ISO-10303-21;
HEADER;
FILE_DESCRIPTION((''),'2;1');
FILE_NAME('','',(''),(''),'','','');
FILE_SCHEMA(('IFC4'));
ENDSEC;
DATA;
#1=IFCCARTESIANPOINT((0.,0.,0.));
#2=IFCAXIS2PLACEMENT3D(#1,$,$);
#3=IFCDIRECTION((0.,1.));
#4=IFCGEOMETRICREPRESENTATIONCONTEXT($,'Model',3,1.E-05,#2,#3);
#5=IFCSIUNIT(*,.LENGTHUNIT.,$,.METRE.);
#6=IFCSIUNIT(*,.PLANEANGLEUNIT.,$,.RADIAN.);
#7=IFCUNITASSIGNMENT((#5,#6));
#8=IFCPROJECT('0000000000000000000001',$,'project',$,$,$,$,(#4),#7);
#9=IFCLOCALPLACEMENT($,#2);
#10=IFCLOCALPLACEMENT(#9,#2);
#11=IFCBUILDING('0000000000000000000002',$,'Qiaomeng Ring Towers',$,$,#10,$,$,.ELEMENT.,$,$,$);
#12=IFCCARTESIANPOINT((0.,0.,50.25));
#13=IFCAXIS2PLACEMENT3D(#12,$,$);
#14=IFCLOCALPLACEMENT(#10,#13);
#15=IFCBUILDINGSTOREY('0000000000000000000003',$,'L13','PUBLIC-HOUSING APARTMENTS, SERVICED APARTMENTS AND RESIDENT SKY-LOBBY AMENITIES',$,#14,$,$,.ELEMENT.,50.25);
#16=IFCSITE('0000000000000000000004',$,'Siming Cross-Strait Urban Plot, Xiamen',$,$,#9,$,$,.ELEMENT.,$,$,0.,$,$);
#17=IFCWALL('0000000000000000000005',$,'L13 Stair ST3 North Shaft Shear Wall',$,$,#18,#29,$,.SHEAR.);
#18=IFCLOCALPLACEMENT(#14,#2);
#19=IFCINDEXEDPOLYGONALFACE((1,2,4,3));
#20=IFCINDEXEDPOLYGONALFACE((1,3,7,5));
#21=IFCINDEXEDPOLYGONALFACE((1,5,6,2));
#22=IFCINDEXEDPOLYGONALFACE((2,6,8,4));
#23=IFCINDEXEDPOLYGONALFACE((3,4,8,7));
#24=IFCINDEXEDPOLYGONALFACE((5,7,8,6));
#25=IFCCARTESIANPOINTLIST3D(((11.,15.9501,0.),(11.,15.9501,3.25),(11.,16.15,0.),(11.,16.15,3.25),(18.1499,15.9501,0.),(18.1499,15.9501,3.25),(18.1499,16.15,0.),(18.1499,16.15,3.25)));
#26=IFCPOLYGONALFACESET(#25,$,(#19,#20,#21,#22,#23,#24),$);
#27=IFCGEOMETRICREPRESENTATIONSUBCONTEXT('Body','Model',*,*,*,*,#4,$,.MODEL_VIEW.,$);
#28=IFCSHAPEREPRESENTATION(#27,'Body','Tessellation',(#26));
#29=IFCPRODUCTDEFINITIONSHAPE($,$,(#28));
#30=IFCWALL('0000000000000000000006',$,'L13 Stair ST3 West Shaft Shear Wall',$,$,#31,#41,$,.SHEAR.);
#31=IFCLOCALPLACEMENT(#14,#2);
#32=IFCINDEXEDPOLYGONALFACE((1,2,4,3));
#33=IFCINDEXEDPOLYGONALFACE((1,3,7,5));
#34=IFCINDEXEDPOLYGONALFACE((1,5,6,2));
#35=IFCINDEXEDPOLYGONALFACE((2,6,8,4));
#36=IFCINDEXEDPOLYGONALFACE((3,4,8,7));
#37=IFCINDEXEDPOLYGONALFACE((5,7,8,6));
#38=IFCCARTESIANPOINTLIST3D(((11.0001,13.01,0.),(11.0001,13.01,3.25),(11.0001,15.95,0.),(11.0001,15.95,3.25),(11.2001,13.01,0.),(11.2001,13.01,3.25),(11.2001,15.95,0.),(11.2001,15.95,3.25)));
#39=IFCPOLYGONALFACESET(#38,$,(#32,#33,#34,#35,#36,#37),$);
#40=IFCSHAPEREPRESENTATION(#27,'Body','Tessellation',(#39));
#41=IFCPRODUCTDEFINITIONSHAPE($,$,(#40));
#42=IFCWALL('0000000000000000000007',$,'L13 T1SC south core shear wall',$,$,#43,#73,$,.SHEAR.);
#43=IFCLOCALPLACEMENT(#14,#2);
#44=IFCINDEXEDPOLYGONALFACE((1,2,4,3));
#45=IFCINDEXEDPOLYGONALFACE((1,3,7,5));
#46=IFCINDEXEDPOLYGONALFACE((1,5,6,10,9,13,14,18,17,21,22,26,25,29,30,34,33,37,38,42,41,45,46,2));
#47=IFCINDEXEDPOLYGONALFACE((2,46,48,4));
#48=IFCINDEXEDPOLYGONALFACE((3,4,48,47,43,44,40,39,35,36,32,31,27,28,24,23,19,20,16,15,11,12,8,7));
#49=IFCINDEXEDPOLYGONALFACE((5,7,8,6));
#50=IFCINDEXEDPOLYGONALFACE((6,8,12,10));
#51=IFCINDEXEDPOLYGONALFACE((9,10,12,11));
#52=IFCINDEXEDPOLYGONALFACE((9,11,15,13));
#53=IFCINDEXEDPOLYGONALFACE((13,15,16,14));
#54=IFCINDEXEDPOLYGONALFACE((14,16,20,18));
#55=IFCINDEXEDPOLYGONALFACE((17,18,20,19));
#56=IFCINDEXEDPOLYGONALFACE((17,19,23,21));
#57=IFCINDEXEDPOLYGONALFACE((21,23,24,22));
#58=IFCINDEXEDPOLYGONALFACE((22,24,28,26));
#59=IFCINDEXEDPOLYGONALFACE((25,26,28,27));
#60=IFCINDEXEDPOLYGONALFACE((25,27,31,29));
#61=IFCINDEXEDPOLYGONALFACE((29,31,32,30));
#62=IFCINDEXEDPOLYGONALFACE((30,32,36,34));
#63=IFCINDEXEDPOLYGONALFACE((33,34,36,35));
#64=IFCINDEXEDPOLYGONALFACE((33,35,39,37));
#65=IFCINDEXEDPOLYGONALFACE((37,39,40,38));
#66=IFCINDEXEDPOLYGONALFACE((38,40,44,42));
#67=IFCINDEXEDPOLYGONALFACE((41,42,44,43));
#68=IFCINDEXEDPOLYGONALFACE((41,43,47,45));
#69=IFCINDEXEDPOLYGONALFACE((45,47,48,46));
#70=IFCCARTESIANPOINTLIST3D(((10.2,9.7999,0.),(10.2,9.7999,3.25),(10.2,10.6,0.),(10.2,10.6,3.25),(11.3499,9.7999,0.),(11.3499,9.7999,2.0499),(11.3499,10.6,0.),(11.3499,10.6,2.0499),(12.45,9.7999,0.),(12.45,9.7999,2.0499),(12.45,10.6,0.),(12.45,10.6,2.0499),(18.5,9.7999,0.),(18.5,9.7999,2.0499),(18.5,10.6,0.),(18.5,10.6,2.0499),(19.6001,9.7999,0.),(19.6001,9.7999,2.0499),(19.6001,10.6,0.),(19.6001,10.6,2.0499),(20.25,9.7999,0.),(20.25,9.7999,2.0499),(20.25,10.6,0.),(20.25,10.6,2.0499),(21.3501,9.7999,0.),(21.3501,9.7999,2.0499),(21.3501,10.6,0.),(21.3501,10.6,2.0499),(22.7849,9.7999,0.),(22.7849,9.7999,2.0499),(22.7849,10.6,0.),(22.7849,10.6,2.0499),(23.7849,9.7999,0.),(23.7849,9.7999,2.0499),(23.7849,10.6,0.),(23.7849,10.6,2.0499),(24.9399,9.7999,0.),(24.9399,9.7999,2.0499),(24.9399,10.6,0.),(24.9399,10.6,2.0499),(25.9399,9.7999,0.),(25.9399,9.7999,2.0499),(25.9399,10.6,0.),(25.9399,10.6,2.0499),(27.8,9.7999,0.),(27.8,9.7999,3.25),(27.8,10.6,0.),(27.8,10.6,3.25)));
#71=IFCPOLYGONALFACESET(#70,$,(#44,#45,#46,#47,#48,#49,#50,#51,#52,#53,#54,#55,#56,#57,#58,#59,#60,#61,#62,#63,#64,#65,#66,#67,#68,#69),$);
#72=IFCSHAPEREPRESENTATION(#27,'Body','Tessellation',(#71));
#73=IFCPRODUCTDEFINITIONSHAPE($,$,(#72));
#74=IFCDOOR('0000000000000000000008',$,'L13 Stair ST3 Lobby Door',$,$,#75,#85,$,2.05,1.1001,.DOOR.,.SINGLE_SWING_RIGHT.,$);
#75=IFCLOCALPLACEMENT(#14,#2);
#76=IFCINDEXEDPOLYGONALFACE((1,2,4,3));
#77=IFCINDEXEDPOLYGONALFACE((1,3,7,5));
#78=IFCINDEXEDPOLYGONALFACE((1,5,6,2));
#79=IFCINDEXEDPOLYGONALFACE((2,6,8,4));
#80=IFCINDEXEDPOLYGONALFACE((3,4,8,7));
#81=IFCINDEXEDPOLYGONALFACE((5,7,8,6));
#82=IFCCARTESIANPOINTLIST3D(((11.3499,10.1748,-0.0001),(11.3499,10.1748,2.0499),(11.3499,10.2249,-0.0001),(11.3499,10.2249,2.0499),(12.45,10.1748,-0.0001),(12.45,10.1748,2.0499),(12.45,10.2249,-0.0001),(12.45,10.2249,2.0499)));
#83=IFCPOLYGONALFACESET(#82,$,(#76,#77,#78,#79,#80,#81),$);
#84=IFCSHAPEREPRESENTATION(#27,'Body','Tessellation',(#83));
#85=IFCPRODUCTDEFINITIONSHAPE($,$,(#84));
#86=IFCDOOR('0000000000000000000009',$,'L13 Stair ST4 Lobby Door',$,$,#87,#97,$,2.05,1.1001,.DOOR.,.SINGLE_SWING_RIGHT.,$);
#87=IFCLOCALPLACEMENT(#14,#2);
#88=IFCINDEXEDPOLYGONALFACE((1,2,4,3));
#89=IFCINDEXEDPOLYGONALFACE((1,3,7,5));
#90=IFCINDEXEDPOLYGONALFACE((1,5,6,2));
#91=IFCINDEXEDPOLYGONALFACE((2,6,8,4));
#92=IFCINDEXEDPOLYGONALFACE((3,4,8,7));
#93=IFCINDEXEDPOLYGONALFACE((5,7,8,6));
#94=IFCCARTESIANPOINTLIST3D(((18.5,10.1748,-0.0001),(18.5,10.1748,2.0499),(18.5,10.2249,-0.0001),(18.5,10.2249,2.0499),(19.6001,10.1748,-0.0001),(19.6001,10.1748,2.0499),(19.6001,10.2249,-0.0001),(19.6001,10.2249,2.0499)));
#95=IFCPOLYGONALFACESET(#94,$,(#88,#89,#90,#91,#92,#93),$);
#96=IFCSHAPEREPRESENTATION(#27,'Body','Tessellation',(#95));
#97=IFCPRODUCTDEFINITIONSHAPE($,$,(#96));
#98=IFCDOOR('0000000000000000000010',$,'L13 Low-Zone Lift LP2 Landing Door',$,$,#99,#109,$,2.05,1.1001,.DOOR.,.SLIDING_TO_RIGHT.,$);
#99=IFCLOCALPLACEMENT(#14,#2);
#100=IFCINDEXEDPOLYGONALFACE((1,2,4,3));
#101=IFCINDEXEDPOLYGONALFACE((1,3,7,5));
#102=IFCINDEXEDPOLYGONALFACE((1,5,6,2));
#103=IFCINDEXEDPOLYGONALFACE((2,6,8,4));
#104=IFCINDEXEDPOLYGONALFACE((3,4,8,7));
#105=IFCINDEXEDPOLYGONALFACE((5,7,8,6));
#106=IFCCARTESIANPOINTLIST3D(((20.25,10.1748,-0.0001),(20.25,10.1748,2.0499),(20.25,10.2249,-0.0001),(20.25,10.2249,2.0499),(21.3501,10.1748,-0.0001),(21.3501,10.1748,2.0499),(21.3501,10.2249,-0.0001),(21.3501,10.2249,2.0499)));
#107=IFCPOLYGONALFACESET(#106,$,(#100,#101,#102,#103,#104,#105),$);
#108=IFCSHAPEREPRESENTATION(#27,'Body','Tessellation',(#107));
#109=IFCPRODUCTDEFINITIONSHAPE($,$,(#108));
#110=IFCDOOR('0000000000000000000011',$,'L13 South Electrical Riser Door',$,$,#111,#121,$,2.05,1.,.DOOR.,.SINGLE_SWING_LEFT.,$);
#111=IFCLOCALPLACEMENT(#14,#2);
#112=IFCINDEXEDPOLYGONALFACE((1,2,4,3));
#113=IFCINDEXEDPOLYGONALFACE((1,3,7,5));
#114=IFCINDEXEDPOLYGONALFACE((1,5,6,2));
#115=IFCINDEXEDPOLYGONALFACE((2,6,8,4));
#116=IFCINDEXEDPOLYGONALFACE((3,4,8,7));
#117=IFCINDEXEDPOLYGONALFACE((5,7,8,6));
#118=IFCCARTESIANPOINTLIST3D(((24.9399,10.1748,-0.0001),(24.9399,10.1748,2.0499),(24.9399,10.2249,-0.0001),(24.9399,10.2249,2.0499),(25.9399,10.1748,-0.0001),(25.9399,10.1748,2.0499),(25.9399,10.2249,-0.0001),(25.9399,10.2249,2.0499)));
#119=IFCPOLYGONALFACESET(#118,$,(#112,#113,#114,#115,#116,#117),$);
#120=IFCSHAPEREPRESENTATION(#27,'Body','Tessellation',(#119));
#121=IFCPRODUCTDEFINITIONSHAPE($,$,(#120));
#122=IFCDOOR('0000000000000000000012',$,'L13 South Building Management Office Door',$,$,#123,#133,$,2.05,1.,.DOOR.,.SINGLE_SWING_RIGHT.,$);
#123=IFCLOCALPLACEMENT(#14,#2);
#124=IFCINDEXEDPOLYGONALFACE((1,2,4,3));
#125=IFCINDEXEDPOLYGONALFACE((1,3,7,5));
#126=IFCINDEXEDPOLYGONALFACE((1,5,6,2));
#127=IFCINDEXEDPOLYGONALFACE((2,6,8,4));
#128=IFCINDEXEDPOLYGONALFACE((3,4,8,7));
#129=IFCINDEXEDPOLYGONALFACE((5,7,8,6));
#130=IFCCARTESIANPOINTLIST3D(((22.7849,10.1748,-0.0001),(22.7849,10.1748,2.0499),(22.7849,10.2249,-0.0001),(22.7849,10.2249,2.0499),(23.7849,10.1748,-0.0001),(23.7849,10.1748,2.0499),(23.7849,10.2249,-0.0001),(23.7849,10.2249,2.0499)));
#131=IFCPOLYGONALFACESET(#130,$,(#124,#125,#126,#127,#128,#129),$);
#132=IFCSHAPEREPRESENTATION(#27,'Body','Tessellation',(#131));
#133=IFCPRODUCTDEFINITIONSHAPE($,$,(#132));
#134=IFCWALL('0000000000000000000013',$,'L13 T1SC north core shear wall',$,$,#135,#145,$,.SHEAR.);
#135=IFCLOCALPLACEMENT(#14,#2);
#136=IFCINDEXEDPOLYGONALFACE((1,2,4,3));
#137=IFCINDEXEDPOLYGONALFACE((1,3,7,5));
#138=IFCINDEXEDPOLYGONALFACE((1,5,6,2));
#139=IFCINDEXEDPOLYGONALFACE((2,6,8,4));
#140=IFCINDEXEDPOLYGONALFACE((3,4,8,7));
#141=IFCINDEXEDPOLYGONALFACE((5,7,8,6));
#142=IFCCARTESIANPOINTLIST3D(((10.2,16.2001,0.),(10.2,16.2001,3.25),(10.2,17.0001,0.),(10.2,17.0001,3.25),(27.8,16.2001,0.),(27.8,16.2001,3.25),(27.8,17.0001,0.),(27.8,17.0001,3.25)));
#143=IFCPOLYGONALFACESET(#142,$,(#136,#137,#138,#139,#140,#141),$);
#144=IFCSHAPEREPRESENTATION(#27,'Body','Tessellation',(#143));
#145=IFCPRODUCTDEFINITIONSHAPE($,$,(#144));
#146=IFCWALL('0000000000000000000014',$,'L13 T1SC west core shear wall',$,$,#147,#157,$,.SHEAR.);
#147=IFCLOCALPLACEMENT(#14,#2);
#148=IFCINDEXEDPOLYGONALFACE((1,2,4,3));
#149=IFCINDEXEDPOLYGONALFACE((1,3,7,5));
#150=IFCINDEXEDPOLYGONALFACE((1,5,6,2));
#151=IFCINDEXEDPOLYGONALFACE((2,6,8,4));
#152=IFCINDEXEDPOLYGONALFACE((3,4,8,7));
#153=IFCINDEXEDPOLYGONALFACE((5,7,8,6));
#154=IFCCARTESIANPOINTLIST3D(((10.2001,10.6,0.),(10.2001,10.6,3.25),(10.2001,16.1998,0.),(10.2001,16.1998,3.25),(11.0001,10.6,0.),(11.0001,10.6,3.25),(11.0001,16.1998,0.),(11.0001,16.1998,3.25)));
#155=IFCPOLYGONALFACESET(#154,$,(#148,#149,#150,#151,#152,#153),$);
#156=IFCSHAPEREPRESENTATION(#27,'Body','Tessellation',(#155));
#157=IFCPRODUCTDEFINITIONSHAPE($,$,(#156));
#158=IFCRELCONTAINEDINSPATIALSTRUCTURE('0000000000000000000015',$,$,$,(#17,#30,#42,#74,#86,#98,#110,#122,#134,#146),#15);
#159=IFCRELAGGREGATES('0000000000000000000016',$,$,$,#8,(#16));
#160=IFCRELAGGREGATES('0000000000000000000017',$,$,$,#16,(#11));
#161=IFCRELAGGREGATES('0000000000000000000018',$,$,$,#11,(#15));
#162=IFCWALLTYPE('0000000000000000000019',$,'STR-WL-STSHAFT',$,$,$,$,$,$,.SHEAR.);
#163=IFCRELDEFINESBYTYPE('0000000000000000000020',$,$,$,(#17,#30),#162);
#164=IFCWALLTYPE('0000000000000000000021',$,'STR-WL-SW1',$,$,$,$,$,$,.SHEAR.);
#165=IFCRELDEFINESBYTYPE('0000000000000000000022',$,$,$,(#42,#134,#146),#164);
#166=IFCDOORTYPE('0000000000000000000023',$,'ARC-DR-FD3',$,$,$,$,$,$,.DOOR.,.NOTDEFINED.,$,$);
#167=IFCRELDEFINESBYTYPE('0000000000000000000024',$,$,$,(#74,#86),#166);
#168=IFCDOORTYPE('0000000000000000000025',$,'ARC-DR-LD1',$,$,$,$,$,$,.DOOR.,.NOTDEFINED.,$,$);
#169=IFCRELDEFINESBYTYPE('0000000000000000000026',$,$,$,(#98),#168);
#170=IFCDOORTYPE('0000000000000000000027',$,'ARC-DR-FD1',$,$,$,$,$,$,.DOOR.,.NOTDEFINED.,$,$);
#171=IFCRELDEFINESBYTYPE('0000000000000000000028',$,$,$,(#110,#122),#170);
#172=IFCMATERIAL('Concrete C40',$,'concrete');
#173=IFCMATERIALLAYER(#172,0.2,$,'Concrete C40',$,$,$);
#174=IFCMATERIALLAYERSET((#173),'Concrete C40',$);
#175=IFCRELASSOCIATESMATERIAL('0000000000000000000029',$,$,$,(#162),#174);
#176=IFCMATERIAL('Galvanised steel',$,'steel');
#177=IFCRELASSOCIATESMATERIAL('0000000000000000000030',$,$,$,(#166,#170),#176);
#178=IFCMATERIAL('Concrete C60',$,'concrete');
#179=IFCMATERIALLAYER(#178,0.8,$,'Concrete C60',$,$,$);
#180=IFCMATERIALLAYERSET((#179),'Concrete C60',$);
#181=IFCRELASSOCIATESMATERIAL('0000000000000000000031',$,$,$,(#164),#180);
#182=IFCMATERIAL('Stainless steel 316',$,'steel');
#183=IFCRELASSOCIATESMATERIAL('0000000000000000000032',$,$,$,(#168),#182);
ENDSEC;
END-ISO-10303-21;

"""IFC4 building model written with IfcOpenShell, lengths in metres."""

from ifc_helpers import new_model, si_unit, direction, frame, frame_2d, origin, place, context, subcontext, project, spatial, rectangle, extrude, source, transform, mapped, material, layer, layer_set, type_object, element, fill, save


model = new_model("IFC4")

# Units and contexts
model_context = context("Model", 3, precision=1e-05, world=origin(), true_north=direction((0.0, 1.0)))
body_context = subcontext(model_context, "Body", "Model", "MODEL_VIEW")
ifc_project = project(units=[si_unit("LENGTHUNIT", "METRE"), si_unit("PLANEANGLEUNIT", "RADIAN")], contexts=[model_context])

# Site, building, storey
site_placement = place(None, origin())
site = spatial("IfcSite", under=ifc_project, at=site_placement, Name="Siming Cross-Strait Urban Plot, Xiamen", CompositionType="ELEMENT", RefElevation=0.0)
building_placement = place(site_placement, origin())
building = spatial("IfcBuilding", under=site, at=building_placement, Name="Qiaomeng Ring Towers", CompositionType="ELEMENT")
storey_placement = place(building_placement, frame((0.0, 0.0, 50.25)))
storey = spatial("IfcBuildingStorey", under=building, at=storey_placement, Name="L13", Description="PUBLIC-HOUSING APARTMENTS, SERVICED APARTMENTS AND RESIDENT SKY-LOBBY AMENITIES", CompositionType="ELEMENT", Elevation=50.25)

# Shared definitions
shared_shape_1 = source(origin(), body_context, "Body", "SweptSolid", [
    extrude(rectangle(XDim=1.0, YDim=2.05, at=frame_2d((0.5, 1.0249))), frame((0.0, 0.0249, 0.0), z_axis=(0.0, -1.0, 0.0), x_axis=(1.0, 0.0, 0.0)), (0.0, 0.0, 1.0), 0.05),
])

# Shared definitions
ifc_material_1 = material(Name="Concrete C40", Category="concrete")
ifc_layer_1 = layer(ifc_material_1, 0.2, Name="Concrete C40")
ifc_layer_set_1 = layer_set([ifc_layer_1], Name="Concrete C40")
wall_type_1 = type_object("IfcWallType", Name="STR-WL-STSHAFT", PredefinedType="SHEAR", material=ifc_layer_set_1)
ifc_material_2 = material(Name="Galvanised steel", Category="steel")
door_type_1 = type_object("IfcDoorType", Name="ARC-DR-FD3", OperationType="NOTDEFINED", PredefinedType="DOOR", material=ifc_material_2)
shared_shape_2 = source(origin(), body_context, "Body", "SweptSolid", [
    extrude(rectangle(XDim=1.1001, YDim=2.05, at=frame_2d((0.55, 1.0249))), frame((0.0, 0.0249, 0.0), z_axis=(0.0, -1.0, 0.0), x_axis=(1.0, 0.0, 0.0)), (0.0, 0.0, 1.0), 0.05),
])

# Walls
wall_1_placement = place(storey_placement, frame((11.0, 16.05, 0.0), z_axis=(0.0, 0.0, 1.0), x_axis=(1.0, 0.0, 0.0)))
element("IfcWall", 1, at=wall_1_placement, inside=storey, type_object=wall_type_1, Name="L13 Stair ST3 North Shaft Shear Wall", PredefinedType="SHEAR", context=body_context, shape_type="SweptSolid", body=[
    extrude(rectangle(XDim=7.1499, YDim=0.2, at=frame_2d((3.575, 0.0))), origin(), (0.0, 0.0, 1.0), 3.25),
])
wall_2_placement = place(storey_placement, frame((11.1001, 13.01, 0.0), z_axis=(0.0, 0.0, 1.0), x_axis=(0.0, 1.0, 0.0)))
element("IfcWall", 2, at=wall_2_placement, inside=storey, type_object=wall_type_1, Name="L13 Stair ST3 West Shaft Shear Wall", PredefinedType="SHEAR", context=body_context, shape_type="SweptSolid", body=[
    extrude(rectangle(XDim=2.9399, YDim=0.2, at=frame_2d((1.47, 0.0))), origin(), (0.0, 0.0, 1.0), 3.25),
])

# Wall, openings, doors
ifc_material_3 = material(Name="Concrete C60", Category="concrete")
ifc_layer_2 = layer(ifc_material_3, 0.8, Name="Concrete C60")
ifc_layer_set_2 = layer_set([ifc_layer_2], Name="Concrete C60")
wall_type_2 = type_object("IfcWallType", Name="STR-WL-SW1", PredefinedType="SHEAR", material=ifc_layer_set_2)
wall_3_placement = place(storey_placement, frame((10.2, 10.2, 0.0), z_axis=(0.0, 0.0, 1.0), x_axis=(1.0, 0.0, 0.0)))
wall_3 = element("IfcWall", 3, at=wall_3_placement, inside=storey, type_object=wall_type_2, Name="L13 T1SC south core shear wall", PredefinedType="SHEAR", context=body_context, shape_type="SweptSolid", body=[
    extrude(rectangle(XDim=17.6001, YDim=0.8, at=frame_2d((8.8, 0.0))), origin(), (0.0, 0.0, 1.0), 3.25),
])
opening_1_placement = place(wall_3_placement, frame((1.1499, 0.0, 0.0)))
opening_1 = element("IfcOpeningElement", 4, at=opening_1_placement, cuts=wall_3, PredefinedType="OPENING", context=body_context, shape_type="SweptSolid", body=[
    extrude(rectangle(XDim=1.1001, YDim=2.05, at=frame_2d((0.55, 1.0249))), frame((0.0, 0.4099, 0.0), z_axis=(0.0, -1.0, 0.0), x_axis=(1.0, 0.0, 0.0)), (0.0, 0.0, 1.0), 0.8201),
])
opening_2_placement = place(wall_3_placement, frame((8.3, 0.0, 0.0)))
opening_2 = element("IfcOpeningElement", 5, at=opening_2_placement, cuts=wall_3, PredefinedType="OPENING", context=body_context, shape_type="SweptSolid", body=[
    extrude(rectangle(XDim=1.1001, YDim=2.05, at=frame_2d((0.55, 1.0249))), frame((0.0, 0.4099, 0.0), z_axis=(0.0, -1.0, 0.0), x_axis=(1.0, 0.0, 0.0)), (0.0, 0.0, 1.0), 0.8201),
])
opening_3_placement = place(wall_3_placement, frame((10.05, 0.0, 0.0)))
opening_3 = element("IfcOpeningElement", 6, at=opening_3_placement, cuts=wall_3, PredefinedType="OPENING", context=body_context, shape_type="SweptSolid", body=[
    extrude(rectangle(XDim=1.1001, YDim=2.05, at=frame_2d((0.55, 1.0249))), frame((0.0, 0.4099, 0.0), z_axis=(0.0, -1.0, 0.0), x_axis=(1.0, 0.0, 0.0)), (0.0, 0.0, 1.0), 0.8201),
])
opening_4_placement = place(wall_3_placement, frame((14.74, 0.0, 0.0)))
opening_4 = element("IfcOpeningElement", 7, at=opening_4_placement, cuts=wall_3, PredefinedType="OPENING", context=body_context, shape_type="SweptSolid", body=[
    extrude(rectangle(XDim=1.0, YDim=2.05, at=frame_2d((0.5, 1.0249))), frame((0.0, 0.4099, 0.0), z_axis=(0.0, -1.0, 0.0), x_axis=(1.0, 0.0, 0.0)), (0.0, 0.0, 1.0), 0.8201),
])
opening_5_placement = place(wall_3_placement, frame((12.585, 0.0, 0.0)))
opening_5 = element("IfcOpeningElement", 8, at=opening_5_placement, cuts=wall_3, PredefinedType="OPENING", context=body_context, shape_type="SweptSolid", body=[
    extrude(rectangle(XDim=1.0, YDim=2.05, at=frame_2d((0.5, 1.0249))), frame((0.0, 0.4099, 0.0), z_axis=(0.0, -1.0, 0.0), x_axis=(1.0, 0.0, 0.0)), (0.0, 0.0, 1.0), 0.8201),
])
door_1_placement = place(opening_1_placement, origin())
door_1 = element("IfcDoor", 9, at=door_1_placement, inside=storey, type_object=door_type_1, Name="L13 Stair ST3 Lobby Door", OperationType="SINGLE_SWING_RIGHT", OverallHeight=2.05, OverallWidth=1.1001, PredefinedType="DOOR", context=body_context, shape_type="MappedRepresentation", body=[
    mapped(shared_shape_2, transform((0.0, 0.0, 0.0), x_axis=(1.0, 0.0, 0.0), y_axis=(0.0, 1.0, 0.0), z_axis=(0.0, 0.0, 1.0), scale=1.0)),
])
fill(opening_1, door_1)
door_2_placement = place(opening_2_placement, origin())
door_2 = element("IfcDoor", 10, at=door_2_placement, inside=storey, type_object=door_type_1, Name="L13 Stair ST4 Lobby Door", OperationType="SINGLE_SWING_RIGHT", OverallHeight=2.05, OverallWidth=1.1001, PredefinedType="DOOR", context=body_context, shape_type="MappedRepresentation", body=[
    mapped(shared_shape_2, transform((0.0, 0.0, 0.0), x_axis=(1.0, 0.0, 0.0), y_axis=(0.0, 1.0, 0.0), z_axis=(0.0, 0.0, 1.0), scale=1.0)),
])
fill(opening_2, door_2)
ifc_material_4 = material(Name="Stainless steel 316", Category="steel")
door_type_2 = type_object("IfcDoorType", Name="ARC-DR-LD1", OperationType="NOTDEFINED", PredefinedType="DOOR", material=ifc_material_4)
door_3_placement = place(opening_3_placement, origin())
door_3 = element("IfcDoor", 11, at=door_3_placement, inside=storey, type_object=door_type_2, Name="L13 Low-Zone Lift LP2 Landing Door", OperationType="SLIDING_TO_RIGHT", OverallHeight=2.05, OverallWidth=1.1001, PredefinedType="DOOR", context=body_context, shape_type="MappedRepresentation", body=[
    mapped(shared_shape_2, transform((0.0, 0.0, 0.0), x_axis=(1.0, 0.0, 0.0), y_axis=(0.0, 1.0, 0.0), z_axis=(0.0, 0.0, 1.0), scale=1.0)),
])
fill(opening_3, door_3)
door_type_3 = type_object("IfcDoorType", Name="ARC-DR-FD1", OperationType="NOTDEFINED", PredefinedType="DOOR", material=ifc_material_2)
door_4_placement = place(opening_4_placement, origin())
door_4 = element("IfcDoor", 12, at=door_4_placement, inside=storey, type_object=door_type_3, Name="L13 South Electrical Riser Door", OperationType="SINGLE_SWING_LEFT", OverallHeight=2.05, OverallWidth=1.0, PredefinedType="DOOR", context=body_context, shape_type="MappedRepresentation", body=[
    mapped(shared_shape_1, transform((0.0, 0.0, 0.0), x_axis=(1.0, 0.0, 0.0), y_axis=(0.0, 1.0, 0.0), z_axis=(0.0, 0.0, 1.0), scale=1.0)),
])
fill(opening_4, door_4)
door_5_placement = place(opening_5_placement, origin())
door_5 = element("IfcDoor", 13, at=door_5_placement, inside=storey, type_object=door_type_3, Name="L13 South Building Management Office Door", OperationType="SINGLE_SWING_RIGHT", OverallHeight=2.05, OverallWidth=1.0, PredefinedType="DOOR", context=body_context, shape_type="MappedRepresentation", body=[
    mapped(shared_shape_1, transform((0.0, 0.0, 0.0), x_axis=(1.0, 0.0, 0.0), y_axis=(0.0, 1.0, 0.0), z_axis=(0.0, 0.0, 1.0), scale=1.0)),
])
fill(opening_5, door_5)

# Walls
wall_4_placement = place(storey_placement, frame((10.2, 16.6001, 0.0), z_axis=(0.0, 0.0, 1.0), x_axis=(1.0, 0.0, 0.0)))
element("IfcWall", 14, at=wall_4_placement, inside=storey, type_object=wall_type_2, Name="L13 T1SC north core shear wall", PredefinedType="SHEAR", context=body_context, shape_type="SweptSolid", body=[
    extrude(rectangle(XDim=17.6001, YDim=0.8, at=frame_2d((8.8, 0.0))), origin(), (0.0, 0.0, 1.0), 3.25),
])
wall_5_placement = place(storey_placement, frame((10.6001, 10.6001, 0.0), z_axis=(0.0, 0.0, 1.0), x_axis=(0.0, 1.0, 0.0)))
element("IfcWall", 15, at=wall_5_placement, inside=storey, type_object=wall_type_2, Name="L13 T1SC west core shear wall", PredefinedType="SHEAR", context=body_context, shape_type="SweptSolid", body=[
    extrude(rectangle(XDim=5.5999, YDim=0.8, at=frame_2d((2.7998, 0.0))), origin(), (0.0, 0.0, 1.0), 3.25),
])

save(model, "model.ifc")
